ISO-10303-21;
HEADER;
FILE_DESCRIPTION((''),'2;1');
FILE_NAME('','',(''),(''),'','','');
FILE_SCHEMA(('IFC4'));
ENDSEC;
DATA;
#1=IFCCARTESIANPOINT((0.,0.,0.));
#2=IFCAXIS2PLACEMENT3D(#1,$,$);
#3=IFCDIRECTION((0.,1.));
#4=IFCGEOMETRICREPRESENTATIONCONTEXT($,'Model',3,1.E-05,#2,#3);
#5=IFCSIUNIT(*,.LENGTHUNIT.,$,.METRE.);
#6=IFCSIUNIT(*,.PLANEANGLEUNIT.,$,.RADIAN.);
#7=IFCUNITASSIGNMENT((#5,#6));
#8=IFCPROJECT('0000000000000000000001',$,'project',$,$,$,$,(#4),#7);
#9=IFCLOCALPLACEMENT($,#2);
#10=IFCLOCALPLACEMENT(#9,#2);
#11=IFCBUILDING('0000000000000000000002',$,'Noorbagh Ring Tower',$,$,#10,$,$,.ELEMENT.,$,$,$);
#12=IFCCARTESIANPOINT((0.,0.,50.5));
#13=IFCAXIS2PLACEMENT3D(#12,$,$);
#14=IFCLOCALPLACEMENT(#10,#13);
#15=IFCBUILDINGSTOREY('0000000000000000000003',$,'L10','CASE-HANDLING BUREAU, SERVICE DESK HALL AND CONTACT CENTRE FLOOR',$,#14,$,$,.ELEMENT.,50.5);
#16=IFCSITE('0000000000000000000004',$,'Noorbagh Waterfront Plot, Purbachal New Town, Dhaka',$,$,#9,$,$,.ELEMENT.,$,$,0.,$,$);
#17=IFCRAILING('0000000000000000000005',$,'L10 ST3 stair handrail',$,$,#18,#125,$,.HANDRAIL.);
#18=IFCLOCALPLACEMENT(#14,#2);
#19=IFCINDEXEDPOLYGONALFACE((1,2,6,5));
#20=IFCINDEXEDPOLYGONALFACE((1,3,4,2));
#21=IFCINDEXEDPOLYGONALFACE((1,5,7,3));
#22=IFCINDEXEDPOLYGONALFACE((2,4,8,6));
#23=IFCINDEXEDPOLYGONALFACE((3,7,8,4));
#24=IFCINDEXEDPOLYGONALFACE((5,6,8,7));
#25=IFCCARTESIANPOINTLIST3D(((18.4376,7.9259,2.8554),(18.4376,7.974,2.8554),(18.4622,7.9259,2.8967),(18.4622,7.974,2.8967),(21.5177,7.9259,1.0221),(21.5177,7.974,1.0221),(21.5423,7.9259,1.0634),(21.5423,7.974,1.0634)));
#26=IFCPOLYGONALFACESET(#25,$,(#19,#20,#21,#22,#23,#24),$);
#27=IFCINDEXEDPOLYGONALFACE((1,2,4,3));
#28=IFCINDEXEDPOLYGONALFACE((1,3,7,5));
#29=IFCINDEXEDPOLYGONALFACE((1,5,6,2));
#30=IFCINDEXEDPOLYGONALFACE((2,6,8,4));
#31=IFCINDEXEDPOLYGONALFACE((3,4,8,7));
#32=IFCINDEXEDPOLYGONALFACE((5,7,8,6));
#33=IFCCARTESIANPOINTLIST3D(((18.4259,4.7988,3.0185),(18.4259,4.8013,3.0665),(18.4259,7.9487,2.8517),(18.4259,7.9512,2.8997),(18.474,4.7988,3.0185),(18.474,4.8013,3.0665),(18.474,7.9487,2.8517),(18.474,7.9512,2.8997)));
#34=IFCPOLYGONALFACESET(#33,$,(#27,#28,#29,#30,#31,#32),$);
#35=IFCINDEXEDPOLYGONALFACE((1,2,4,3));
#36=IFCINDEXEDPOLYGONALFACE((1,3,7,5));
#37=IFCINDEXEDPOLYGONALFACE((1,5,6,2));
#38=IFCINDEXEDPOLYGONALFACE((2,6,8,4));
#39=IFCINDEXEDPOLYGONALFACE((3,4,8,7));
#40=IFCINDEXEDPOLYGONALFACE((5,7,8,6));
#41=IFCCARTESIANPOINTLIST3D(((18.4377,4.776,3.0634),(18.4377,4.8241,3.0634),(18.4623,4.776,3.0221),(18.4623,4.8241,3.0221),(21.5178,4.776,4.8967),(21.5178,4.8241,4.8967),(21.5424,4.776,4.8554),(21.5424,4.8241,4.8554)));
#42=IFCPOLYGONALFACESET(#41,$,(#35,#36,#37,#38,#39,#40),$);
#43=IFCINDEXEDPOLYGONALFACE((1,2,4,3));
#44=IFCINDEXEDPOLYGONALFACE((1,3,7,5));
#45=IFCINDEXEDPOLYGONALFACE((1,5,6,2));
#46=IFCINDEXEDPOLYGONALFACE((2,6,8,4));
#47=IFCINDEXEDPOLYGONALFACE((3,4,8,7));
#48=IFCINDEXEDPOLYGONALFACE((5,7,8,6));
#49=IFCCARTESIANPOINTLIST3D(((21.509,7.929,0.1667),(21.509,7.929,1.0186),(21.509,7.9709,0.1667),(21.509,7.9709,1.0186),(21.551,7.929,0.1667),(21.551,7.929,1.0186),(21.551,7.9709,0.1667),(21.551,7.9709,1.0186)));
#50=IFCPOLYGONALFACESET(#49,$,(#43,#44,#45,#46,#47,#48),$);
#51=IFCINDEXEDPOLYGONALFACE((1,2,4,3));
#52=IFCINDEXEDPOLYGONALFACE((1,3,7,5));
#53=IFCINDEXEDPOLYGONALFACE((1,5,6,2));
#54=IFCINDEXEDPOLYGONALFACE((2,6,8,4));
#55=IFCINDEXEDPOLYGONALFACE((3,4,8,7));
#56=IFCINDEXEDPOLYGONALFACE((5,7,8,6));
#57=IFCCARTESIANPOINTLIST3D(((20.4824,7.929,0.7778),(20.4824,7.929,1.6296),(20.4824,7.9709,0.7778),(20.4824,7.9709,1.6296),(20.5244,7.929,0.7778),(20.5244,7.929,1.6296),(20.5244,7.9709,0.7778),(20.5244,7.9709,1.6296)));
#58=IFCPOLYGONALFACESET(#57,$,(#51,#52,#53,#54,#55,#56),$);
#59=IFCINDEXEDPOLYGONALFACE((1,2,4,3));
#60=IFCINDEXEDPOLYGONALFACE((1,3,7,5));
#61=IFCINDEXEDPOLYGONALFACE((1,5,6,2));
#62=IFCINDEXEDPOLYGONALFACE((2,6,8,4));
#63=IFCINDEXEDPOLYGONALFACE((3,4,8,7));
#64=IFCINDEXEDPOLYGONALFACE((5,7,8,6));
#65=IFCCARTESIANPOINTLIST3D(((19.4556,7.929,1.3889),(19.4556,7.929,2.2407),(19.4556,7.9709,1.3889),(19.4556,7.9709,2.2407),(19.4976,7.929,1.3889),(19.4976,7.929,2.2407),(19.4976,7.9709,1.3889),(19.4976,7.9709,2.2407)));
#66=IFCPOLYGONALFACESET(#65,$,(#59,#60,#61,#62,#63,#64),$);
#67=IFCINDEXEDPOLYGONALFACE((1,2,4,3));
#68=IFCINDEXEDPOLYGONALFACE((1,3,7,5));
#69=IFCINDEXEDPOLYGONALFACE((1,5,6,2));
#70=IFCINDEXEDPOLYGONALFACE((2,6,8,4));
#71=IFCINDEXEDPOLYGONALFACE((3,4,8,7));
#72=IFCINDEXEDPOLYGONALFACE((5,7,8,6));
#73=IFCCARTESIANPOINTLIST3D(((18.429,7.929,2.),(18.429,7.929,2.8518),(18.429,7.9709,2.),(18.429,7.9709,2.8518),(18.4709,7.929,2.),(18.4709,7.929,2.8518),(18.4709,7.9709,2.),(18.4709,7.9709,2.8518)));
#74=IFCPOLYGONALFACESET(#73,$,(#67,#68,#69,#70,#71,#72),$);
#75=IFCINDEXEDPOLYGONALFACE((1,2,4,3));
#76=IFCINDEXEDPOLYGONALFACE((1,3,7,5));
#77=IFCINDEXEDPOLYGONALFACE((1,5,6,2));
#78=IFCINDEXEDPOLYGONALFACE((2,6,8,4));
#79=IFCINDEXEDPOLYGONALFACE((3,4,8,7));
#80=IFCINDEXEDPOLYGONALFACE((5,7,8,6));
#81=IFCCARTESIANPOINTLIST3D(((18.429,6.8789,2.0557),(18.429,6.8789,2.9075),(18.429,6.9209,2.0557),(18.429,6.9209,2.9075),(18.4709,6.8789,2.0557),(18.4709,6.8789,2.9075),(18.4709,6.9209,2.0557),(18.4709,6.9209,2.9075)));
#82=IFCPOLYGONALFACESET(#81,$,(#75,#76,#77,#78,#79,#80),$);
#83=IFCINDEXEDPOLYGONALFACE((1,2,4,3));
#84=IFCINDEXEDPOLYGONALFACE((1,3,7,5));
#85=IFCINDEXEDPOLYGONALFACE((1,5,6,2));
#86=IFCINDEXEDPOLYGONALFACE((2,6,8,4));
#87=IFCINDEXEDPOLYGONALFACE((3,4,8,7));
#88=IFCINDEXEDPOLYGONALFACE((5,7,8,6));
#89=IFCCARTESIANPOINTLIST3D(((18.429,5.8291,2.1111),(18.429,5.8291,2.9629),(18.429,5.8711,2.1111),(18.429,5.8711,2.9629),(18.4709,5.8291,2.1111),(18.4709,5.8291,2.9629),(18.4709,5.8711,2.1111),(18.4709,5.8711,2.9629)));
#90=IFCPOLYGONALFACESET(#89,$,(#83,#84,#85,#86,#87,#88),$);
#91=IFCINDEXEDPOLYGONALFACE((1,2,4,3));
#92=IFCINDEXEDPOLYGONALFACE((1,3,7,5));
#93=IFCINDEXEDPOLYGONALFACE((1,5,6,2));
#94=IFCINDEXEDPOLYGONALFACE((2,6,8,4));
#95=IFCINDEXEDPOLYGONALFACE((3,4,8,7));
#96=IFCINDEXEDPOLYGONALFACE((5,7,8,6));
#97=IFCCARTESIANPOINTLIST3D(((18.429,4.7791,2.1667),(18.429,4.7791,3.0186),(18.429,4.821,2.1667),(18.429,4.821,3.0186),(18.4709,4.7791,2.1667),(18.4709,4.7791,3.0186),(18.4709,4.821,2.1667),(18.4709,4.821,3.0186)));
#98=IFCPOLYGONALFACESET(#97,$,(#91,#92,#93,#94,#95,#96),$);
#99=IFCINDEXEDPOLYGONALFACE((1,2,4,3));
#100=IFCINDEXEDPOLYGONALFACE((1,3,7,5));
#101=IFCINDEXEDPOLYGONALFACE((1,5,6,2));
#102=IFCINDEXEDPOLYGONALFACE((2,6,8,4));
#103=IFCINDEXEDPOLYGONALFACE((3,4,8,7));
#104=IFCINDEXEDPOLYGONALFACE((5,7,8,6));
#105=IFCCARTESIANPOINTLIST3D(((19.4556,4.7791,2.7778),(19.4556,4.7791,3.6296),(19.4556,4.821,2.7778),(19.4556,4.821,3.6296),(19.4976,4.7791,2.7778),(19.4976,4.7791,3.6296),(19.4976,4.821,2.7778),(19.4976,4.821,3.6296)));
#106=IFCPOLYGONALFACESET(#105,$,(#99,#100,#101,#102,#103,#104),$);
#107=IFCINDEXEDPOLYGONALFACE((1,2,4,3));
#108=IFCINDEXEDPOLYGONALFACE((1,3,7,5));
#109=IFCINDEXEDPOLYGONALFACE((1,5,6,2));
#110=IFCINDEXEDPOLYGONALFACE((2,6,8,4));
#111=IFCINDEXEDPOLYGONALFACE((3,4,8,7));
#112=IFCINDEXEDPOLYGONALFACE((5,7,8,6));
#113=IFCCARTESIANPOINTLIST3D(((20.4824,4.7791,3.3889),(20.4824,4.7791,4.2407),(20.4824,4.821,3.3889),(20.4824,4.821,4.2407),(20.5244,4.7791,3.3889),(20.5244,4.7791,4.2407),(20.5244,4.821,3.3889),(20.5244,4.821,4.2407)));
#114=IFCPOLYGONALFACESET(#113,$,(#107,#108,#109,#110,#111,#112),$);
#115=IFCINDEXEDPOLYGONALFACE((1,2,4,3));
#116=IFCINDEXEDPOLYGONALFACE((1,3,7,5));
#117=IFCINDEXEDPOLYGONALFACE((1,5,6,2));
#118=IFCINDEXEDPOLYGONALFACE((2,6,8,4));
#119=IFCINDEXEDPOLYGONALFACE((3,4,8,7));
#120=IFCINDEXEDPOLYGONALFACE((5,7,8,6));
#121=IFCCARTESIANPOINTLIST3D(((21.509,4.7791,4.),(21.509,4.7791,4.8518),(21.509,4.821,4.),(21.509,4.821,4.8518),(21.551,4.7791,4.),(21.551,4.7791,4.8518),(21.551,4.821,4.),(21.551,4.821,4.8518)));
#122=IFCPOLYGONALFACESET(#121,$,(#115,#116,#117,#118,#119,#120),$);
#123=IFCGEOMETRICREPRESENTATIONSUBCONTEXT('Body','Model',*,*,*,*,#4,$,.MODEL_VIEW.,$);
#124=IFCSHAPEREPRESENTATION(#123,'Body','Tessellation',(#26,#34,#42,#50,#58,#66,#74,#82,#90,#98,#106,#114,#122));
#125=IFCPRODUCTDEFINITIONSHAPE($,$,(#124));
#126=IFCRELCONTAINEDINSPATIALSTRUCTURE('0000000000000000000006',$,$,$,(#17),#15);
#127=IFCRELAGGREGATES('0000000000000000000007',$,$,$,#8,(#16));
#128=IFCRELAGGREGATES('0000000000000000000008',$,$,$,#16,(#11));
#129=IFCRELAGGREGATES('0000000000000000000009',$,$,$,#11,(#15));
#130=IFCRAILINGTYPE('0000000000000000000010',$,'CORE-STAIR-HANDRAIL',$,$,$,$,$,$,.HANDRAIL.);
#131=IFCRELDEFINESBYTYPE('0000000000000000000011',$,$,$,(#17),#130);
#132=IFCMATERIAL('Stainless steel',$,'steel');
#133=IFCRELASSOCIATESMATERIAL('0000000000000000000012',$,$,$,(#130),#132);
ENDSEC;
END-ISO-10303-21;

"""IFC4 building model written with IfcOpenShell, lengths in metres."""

from ifc_helpers import new_model, si_unit, direction, frame, origin, origin_2d, place, context, subcontext, project, spatial, rectangle, extrude, material, type_object, element, save


model = new_model("IFC4")

# Units and contexts
model_context = context("Model", 3, precision=1e-05, world=origin(), true_north=direction((0.0, 1.0)))
body_context = subcontext(model_context, "Body", "Model", "MODEL_VIEW")
ifc_project = project(units=[si_unit("LENGTHUNIT", "METRE"), si_unit("PLANEANGLEUNIT", "RADIAN")], contexts=[model_context])

# Site, building, storey
site_placement = place(None, origin())
site = spatial("IfcSite", under=ifc_project, at=site_placement, Name="Noorbagh Waterfront Plot, Purbachal New Town, Dhaka", CompositionType="ELEMENT", RefElevation=0.0)
building_placement = place(site_placement, origin())
building = spatial("IfcBuilding", under=site, at=building_placement, Name="Noorbagh Ring Tower", CompositionType="ELEMENT")
storey_placement = place(building_placement, frame((0.0, 0.0, 50.5)))
storey = spatial("IfcBuildingStorey", under=building, at=storey_placement, Name="L10", Description="CASE-HANDLING BUREAU, SERVICE DESK HALL AND CONTACT CENTRE FLOOR", CompositionType="ELEMENT", Elevation=50.5)

# Railing
ifc_material_1 = material(Name="Stainless steel", Category="steel")
railing_type_1 = type_object("IfcRailingType", Name="CORE-STAIR-HANDRAIL", PredefinedType="HANDRAIL", material=ifc_material_1)
railing_1_placement = place(storey_placement, frame((21.53, 7.95, 0.1667)))
element("IfcRailing", 1, at=railing_1_placement, inside=storey, type_object=railing_type_1, Name="L10 ST3 stair handrail", PredefinedType="HANDRAIL", context=body_context, shape_type="SweptSolid", body=[
    extrude(rectangle(XDim=0.0481, YDim=0.0481, at=origin_2d()), frame((0.0, 0.0, 0.876), z_axis=(-0.859309, 0.0, 0.511458), x_axis=(0.0, -1.0, 0.0)), (0.0, 0.0, 1.0), 3.5845),
    extrude(rectangle(XDim=0.0481, YDim=0.0481, at=origin_2d()), frame((-3.0801, 0.0, 2.709), z_axis=(0.0, -0.998602, 0.052864), x_axis=(1.0, 0.0, 0.0)), (0.0, 0.0, 1.0), 3.1543),
    extrude(rectangle(XDim=0.0481, YDim=0.0481, at=origin_2d()), frame((-3.0801, -3.1499, 2.876), z_axis=(0.859309, 0.0, 0.511458), x_axis=(0.0, 1.0, 0.0)), (0.0, 0.0, 1.0), 3.5845),
    extrude(rectangle(XDim=0.042, YDim=0.042, at=origin_2d()), origin(), (0.0, 0.0, 1.0), 0.8518),
    extrude(rectangle(XDim=0.042, YDim=0.042, at=origin_2d()), frame((-1.0266, 0.0, 0.6111)), (0.0, 0.0, 1.0), 0.8518),
    extrude(rectangle(XDim=0.042, YDim=0.042, at=origin_2d()), frame((-2.0535, 0.0, 1.2222)), (0.0, 0.0, 1.0), 0.8518),
    extrude(rectangle(XDim=0.042, YDim=0.042, at=origin_2d()), frame((-3.0801, 0.0, 1.8333)), (0.0, 0.0, 1.0), 0.8518),
    extrude(rectangle(XDim=0.042, YDim=0.042, at=origin_2d()), frame((-3.0801, -1.05, 1.8889)), (0.0, 0.0, 1.0), 0.8518),
    extrude(rectangle(XDim=0.042, YDim=0.042, at=origin_2d()), frame((-3.0801, -2.0999, 1.9443)), (0.0, 0.0, 1.0), 0.8518),
    extrude(rectangle(XDim=0.042, YDim=0.042, at=origin_2d()), frame((-3.0801, -3.1499, 2.0)), (0.0, 0.0, 1.0), 0.8518),
    extrude(rectangle(XDim=0.042, YDim=0.042, at=origin_2d()), frame((-2.0535, -3.1499, 2.6111)), (0.0, 0.0, 1.0), 0.8518),
    extrude(rectangle(XDim=0.042, YDim=0.042, at=origin_2d()), frame((-1.0266, -3.1499, 3.2222)), (0.0, 0.0, 1.0), 0.8518),
    extrude(rectangle(XDim=0.042, YDim=0.042, at=origin_2d()), frame((0.0, -3.1499, 3.8333)), (0.0, 0.0, 1.0), 0.8518),
])

save(model, "model.ifc")
